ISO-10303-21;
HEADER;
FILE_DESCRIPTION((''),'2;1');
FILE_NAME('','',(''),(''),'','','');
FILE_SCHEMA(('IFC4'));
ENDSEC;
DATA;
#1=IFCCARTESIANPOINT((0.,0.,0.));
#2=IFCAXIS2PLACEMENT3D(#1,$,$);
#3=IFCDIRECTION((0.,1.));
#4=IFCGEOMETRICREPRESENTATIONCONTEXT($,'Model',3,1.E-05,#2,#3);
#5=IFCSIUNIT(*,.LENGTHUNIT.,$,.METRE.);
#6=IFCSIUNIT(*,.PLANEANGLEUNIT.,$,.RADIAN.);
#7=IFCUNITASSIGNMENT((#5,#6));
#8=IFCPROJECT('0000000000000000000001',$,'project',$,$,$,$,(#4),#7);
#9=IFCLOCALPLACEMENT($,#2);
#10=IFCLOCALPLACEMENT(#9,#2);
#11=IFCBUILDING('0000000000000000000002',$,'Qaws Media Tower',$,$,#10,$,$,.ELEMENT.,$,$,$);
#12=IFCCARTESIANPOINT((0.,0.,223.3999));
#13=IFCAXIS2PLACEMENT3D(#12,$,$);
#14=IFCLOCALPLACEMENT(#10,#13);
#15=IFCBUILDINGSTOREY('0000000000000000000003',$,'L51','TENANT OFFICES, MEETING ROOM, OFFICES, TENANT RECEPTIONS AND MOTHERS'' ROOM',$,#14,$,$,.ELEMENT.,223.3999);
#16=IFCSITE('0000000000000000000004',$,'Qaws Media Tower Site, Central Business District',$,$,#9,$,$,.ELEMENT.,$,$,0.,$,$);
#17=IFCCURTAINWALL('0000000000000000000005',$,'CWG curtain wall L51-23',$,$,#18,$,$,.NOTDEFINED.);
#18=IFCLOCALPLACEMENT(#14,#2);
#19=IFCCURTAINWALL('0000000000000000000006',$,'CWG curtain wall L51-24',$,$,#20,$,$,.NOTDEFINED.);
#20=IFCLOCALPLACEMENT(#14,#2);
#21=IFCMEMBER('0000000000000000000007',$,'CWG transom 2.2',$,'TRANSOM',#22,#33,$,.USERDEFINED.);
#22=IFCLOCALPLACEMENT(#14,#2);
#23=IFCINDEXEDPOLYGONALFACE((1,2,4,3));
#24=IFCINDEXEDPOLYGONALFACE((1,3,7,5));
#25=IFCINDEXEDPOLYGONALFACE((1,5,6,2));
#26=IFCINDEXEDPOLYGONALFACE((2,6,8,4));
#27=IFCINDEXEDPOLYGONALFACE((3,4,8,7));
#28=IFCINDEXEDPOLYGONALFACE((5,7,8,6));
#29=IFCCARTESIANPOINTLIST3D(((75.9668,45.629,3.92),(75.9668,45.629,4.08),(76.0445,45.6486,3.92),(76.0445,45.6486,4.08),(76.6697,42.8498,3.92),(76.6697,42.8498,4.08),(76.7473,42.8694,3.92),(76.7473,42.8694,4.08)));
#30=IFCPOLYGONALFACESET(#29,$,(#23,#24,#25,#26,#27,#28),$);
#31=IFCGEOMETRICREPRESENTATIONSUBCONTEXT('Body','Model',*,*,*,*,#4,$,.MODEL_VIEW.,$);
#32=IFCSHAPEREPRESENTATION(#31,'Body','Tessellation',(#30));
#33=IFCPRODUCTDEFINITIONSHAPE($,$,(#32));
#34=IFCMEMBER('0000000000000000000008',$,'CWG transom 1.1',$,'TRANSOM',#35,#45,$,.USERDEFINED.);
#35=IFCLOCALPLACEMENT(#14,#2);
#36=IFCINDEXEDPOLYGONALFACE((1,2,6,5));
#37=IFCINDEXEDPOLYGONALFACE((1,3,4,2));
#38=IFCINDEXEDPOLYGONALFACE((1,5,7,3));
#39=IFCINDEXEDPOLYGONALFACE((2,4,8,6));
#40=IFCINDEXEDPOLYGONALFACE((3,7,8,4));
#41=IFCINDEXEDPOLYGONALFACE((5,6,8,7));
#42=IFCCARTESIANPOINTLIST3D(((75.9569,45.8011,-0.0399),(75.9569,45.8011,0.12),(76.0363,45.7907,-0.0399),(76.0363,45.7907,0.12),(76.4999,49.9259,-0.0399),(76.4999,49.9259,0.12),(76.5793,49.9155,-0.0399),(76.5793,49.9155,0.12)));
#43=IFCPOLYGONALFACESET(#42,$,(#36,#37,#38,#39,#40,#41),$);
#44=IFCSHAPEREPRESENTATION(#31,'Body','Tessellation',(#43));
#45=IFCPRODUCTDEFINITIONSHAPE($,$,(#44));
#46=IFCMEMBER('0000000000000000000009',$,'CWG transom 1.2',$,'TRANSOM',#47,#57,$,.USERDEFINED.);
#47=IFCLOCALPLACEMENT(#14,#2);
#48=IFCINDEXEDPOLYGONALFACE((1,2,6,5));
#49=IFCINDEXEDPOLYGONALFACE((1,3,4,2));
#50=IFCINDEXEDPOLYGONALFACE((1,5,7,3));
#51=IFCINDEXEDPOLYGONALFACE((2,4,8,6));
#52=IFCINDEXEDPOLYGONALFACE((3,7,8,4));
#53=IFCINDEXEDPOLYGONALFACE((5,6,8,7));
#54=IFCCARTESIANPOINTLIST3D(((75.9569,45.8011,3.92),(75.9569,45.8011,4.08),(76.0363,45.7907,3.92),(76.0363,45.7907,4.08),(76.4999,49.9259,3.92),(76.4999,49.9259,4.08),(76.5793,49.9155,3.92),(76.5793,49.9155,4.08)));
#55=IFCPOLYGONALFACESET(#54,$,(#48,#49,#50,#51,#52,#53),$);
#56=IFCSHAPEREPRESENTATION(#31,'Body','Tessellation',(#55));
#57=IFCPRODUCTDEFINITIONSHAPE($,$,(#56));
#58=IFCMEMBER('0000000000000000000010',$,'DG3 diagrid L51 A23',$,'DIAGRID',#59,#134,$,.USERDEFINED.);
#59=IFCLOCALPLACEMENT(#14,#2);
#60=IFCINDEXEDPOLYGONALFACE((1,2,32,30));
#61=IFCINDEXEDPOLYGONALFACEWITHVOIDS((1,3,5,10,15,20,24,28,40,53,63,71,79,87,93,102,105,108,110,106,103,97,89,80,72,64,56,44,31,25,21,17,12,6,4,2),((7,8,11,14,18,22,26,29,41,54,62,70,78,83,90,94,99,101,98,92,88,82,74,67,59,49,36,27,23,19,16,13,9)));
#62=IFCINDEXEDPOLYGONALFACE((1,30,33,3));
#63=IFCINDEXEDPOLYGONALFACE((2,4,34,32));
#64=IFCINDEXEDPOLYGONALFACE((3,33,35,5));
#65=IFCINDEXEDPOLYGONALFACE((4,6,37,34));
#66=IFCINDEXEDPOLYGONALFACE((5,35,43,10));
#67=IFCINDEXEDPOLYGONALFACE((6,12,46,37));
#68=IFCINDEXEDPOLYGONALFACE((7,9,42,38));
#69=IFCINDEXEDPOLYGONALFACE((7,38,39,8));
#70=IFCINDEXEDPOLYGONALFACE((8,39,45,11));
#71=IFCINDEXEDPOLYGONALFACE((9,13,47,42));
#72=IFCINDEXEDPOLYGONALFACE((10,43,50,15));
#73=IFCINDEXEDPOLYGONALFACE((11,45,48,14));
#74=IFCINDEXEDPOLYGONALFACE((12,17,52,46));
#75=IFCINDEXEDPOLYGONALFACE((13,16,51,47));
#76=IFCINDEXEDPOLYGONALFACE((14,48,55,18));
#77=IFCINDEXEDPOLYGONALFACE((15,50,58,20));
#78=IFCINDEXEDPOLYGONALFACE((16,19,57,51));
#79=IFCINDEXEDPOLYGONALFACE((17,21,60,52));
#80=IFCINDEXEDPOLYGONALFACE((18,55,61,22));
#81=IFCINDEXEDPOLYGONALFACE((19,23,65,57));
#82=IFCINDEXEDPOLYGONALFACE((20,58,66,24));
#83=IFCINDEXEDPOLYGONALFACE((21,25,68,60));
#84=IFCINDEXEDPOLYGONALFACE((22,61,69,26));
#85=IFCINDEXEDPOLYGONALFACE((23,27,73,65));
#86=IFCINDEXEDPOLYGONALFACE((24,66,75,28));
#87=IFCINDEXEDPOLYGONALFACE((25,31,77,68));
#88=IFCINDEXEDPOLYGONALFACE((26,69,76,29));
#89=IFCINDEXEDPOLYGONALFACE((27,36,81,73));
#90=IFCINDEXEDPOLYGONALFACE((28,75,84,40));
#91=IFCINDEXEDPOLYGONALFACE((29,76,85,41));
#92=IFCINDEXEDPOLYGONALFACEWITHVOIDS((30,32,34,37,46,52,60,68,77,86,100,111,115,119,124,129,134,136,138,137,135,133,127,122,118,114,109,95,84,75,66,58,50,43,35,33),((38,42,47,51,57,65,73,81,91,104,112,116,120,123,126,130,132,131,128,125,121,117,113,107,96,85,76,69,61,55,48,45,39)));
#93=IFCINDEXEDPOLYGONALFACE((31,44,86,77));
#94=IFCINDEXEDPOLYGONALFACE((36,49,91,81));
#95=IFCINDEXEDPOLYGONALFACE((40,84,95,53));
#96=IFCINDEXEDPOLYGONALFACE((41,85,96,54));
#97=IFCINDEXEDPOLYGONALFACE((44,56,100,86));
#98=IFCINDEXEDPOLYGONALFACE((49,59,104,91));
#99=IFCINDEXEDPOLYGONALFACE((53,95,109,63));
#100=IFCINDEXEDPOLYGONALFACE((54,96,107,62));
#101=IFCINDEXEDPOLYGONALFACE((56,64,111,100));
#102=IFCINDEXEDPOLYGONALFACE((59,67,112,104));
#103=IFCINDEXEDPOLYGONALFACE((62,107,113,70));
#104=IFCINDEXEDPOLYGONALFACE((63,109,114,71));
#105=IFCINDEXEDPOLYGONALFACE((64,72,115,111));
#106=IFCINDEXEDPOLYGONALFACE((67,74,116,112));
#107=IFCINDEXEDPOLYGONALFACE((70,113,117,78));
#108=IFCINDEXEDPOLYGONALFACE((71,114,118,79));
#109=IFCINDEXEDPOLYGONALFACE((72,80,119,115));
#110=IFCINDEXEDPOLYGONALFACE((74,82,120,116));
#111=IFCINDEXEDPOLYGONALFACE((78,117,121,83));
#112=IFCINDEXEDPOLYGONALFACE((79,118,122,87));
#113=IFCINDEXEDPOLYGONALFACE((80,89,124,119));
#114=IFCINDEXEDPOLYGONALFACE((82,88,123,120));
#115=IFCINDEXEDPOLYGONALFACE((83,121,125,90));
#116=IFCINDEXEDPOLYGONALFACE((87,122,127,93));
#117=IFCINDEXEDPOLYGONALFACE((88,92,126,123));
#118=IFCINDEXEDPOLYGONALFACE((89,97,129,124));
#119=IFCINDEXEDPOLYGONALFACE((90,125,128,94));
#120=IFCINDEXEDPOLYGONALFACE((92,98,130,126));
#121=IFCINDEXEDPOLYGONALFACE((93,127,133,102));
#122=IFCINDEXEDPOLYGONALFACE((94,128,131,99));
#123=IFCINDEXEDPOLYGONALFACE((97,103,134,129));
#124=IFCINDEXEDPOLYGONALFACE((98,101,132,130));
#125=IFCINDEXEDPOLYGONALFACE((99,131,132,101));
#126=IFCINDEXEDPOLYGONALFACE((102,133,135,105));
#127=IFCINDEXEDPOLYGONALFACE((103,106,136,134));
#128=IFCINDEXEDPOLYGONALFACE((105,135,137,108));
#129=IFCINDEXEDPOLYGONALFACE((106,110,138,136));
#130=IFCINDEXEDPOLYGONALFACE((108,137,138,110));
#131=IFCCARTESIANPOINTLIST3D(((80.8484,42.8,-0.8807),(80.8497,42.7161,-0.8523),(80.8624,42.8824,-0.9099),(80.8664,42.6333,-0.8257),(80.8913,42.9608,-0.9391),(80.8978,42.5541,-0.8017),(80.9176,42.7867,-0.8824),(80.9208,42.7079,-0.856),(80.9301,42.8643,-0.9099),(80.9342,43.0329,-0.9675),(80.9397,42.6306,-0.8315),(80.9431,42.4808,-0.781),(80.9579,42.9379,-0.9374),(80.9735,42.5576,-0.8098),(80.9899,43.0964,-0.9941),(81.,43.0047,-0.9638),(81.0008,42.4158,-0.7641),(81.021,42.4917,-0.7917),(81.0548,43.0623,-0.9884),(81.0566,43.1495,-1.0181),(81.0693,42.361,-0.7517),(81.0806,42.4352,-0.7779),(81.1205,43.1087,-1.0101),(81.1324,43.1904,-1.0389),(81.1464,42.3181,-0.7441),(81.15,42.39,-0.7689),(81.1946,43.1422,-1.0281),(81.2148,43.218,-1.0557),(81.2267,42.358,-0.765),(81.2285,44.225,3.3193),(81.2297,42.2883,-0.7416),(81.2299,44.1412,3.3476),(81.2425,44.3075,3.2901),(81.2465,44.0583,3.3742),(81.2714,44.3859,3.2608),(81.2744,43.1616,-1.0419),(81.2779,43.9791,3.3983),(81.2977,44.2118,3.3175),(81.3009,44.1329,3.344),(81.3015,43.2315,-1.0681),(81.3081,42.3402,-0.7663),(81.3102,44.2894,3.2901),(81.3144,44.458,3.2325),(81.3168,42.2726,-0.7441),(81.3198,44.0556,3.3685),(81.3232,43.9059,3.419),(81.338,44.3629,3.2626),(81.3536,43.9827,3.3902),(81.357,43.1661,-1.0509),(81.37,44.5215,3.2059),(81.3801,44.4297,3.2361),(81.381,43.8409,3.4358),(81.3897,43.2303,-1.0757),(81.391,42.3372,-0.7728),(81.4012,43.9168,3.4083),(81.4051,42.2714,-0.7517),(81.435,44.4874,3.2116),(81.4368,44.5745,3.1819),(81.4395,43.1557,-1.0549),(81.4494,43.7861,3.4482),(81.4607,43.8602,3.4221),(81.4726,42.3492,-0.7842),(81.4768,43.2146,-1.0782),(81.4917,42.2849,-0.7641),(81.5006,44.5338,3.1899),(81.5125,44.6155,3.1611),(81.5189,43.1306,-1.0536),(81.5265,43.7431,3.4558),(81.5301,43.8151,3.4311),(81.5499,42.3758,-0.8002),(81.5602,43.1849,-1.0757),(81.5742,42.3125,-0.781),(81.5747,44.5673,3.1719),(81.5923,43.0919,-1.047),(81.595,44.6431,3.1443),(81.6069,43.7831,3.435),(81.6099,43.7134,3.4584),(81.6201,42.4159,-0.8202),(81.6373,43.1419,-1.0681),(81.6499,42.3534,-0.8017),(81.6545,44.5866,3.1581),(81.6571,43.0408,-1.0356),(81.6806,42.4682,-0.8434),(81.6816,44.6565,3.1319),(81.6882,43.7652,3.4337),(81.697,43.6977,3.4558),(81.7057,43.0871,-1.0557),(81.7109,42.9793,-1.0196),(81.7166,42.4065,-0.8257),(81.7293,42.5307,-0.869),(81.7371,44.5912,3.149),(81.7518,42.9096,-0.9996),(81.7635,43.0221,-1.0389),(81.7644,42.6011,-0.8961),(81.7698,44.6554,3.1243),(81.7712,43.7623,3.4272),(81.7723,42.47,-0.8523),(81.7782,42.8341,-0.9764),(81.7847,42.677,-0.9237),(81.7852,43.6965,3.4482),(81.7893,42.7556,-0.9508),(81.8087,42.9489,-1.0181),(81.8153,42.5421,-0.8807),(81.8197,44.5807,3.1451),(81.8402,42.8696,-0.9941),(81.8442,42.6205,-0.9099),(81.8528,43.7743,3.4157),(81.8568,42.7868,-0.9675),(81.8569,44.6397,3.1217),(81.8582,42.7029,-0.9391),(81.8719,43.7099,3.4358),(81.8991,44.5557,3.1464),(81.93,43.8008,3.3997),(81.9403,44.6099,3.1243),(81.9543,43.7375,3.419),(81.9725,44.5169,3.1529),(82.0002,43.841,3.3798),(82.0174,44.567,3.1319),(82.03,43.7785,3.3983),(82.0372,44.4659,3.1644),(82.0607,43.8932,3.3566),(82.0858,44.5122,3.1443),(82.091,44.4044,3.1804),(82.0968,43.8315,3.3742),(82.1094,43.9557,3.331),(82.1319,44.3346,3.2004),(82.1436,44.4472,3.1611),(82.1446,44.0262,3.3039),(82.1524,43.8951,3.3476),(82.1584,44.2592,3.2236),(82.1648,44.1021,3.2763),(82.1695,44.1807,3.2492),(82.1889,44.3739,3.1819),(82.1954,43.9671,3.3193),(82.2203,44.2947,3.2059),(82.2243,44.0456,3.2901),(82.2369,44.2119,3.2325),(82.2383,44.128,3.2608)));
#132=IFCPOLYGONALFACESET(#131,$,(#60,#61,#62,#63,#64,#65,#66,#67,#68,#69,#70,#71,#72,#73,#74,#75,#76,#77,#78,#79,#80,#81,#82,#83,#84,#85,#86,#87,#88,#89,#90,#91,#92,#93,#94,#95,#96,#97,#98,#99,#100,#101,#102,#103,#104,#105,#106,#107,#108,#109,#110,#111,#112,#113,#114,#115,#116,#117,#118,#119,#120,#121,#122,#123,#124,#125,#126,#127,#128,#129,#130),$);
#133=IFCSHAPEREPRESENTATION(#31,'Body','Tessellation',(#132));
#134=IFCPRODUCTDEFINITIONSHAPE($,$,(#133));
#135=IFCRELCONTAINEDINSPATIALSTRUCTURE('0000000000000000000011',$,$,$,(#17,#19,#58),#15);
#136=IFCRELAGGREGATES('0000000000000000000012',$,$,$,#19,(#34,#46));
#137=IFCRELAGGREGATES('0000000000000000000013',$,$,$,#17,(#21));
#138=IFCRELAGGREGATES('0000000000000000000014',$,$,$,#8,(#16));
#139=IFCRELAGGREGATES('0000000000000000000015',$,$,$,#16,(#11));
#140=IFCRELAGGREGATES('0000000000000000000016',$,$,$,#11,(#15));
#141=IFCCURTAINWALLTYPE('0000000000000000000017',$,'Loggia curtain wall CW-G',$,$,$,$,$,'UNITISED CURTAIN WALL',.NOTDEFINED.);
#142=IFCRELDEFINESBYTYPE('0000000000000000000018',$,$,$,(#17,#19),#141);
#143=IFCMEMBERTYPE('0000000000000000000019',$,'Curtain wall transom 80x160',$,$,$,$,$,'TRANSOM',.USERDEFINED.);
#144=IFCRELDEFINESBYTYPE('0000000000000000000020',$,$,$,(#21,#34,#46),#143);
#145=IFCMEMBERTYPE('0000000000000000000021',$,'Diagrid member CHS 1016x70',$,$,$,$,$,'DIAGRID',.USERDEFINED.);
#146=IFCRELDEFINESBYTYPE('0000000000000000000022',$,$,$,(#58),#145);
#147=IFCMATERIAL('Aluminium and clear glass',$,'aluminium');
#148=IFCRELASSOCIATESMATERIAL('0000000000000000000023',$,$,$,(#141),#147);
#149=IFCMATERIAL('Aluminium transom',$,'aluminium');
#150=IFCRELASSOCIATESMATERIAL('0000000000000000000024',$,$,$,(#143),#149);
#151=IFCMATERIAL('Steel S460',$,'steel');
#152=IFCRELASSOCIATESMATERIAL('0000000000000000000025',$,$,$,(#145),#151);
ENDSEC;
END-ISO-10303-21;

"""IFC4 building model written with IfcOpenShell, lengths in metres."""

from ifc_helpers import new_model, si_unit, direction, frame, origin, origin_2d, place, context, subcontext, project, spatial, rectangle, hollow_circle, extrude, material, material_profile, profile_set, type_object, element, aggregate, save


model = new_model("IFC4")

# Units and contexts
model_context = context("Model", 3, precision=1e-05, world=origin(), true_north=direction((0.0, 1.0)))
body_context = subcontext(model_context, "Body", "Model", "MODEL_VIEW")
ifc_project = project(units=[si_unit("LENGTHUNIT", "METRE"), si_unit("PLANEANGLEUNIT", "RADIAN")], contexts=[model_context])

# Site, building, storey
site_placement = place(None, origin())
site = spatial("IfcSite", under=ifc_project, at=site_placement, Name="Qaws Media Tower Site, Central Business District", CompositionType="ELEMENT", RefElevation=0.0)
building_placement = place(site_placement, origin())
building = spatial("IfcBuilding", under=site, at=building_placement, Name="Qaws Media Tower", CompositionType="ELEMENT")
storey_placement = place(building_placement, frame((0.0, 0.0, 223.3999)))
storey = spatial("IfcBuildingStorey", under=building, at=storey_placement, Name="L51", Description="TENANT OFFICES, MEETING ROOM, OFFICES, TENANT RECEPTIONS AND MOTHERS' ROOM", CompositionType="ELEMENT", Elevation=223.3999)

# Curtain wall
ifc_material_1 = material(Name="Aluminium and clear glass", Category="aluminium")
curtain_wall_type_1 = type_object("IfcCurtainWallType", Name="Loggia curtain wall CW-G", ElementType="UNITISED CURTAIN WALL", PredefinedType="NOTDEFINED", material=ifc_material_1)
curtain_wall_1_placement = place(storey_placement, origin())
curtain_wall_1 = element("IfcCurtainWall", 1, at=curtain_wall_1_placement, inside=storey, type_object=curtain_wall_type_1, Name="CWG curtain wall L51-23", PredefinedType="NOTDEFINED")

# Curtain wall
curtain_wall_2_placement = place(storey_placement, origin())
curtain_wall_2 = element("IfcCurtainWall", 2, at=curtain_wall_2_placement, inside=storey, type_object=curtain_wall_type_1, Name="CWG curtain wall L51-24", PredefinedType="NOTDEFINED")

# Members
ifc_material_2 = material(Name="Aluminium transom", Category="aluminium")
ifc_material_profile_1 = material_profile(ifc_material_2, rectangle(XDim=0.0801, YDim=0.1599, at=origin_2d()), Name="80x160")
ifc_profile_set_1 = profile_set([ifc_material_profile_1], Name="Aluminium transom")
member_type_1 = type_object("IfcMemberType", Name="Curtain wall transom 80x160", ElementType="TRANSOM", PredefinedType="USERDEFINED", material=ifc_profile_set_1)
member_1_placement = place(storey_placement, frame((76.7085, 42.8596, 4.0), z_axis=(-0.24518, 0.969478, 0.0), x_axis=(-0.969478, -0.24518, 0.0)))
member_1 = element("IfcMember", 3, at=member_1_placement, type_object=member_type_1, Name="CWG transom 2.2", ObjectType="TRANSOM", PredefinedType="USERDEFINED", context=body_context, shape_type="SweptSolid", body=[
    extrude(rectangle(XDim=0.0801, YDim=0.1599, at=origin_2d()), origin(), (0.0, 0.0, 1.0), 2.8667),
])
member_2_placement = place(storey_placement, frame((75.9966, 45.7959, 0.04), z_axis=(0.130511, 0.991447, 0.0), x_axis=(-0.991447, 0.130511, 0.0)))
member_2 = element("IfcMember", 4, at=member_2_placement, type_object=member_type_1, Name="CWG transom 1.1", ObjectType="TRANSOM", PredefinedType="USERDEFINED", context=body_context, shape_type="SweptSolid", body=[
    extrude(rectangle(XDim=0.0801, YDim=0.1599, at=origin_2d()), origin(), (0.0, 0.0, 1.0), 4.1604),
])
member_3_placement = place(storey_placement, frame((75.9966, 45.7959, 4.0), z_axis=(0.130511, 0.991447, 0.0), x_axis=(-0.991447, 0.130511, 0.0)))
member_3 = element("IfcMember", 5, at=member_3_placement, type_object=member_type_1, Name="CWG transom 1.2", ObjectType="TRANSOM", PredefinedType="USERDEFINED", context=body_context, shape_type="SweptSolid", body=[
    extrude(rectangle(XDim=0.0801, YDim=0.1599, at=origin_2d()), origin(), (0.0, 0.0, 1.0), 4.1604),
])
aggregate(curtain_wall_2, [member_2, member_3])

# Member
ifc_material_3 = material(Name="Steel S460", Category="steel")
ifc_material_profile_2 = material_profile(ifc_material_3, hollow_circle(Radius=0.5081, WallThickness=0.0701, at=origin_2d()), Name="CHS 1016x70")
ifc_profile_set_2 = profile_set([ifc_material_profile_2], Name="Steel S460")
member_type_2 = type_object("IfcMemberType", Name="Diagrid member CHS 1016x70", ElementType="DIAGRID", PredefinedType="USERDEFINED", material=ifc_profile_set_2)
for number, where, z_axis, x_axis, name in (
    (6, (81.3533, 42.7515, -0.9099), (0.085395, 0.320136, 0.943515), (-0.966216, 0.257735, 0.0), "DG3 diagrid L51 A23"),
):
    element("IfcMember", number, at=place(storey_placement, frame(where, z_axis=z_axis, x_axis=x_axis)), inside=storey, type_object=member_type_2, Name=name, ObjectType="DIAGRID", PredefinedType="USERDEFINED", context=body_context, shape_type="SweptSolid", body=[
        extrude(hollow_circle(Radius=0.5081, WallThickness=0.0701, at=origin_2d()), origin(), (0.0, 0.0, 1.0), 4.4514),
    ])

aggregate(curtain_wall_1, [member_1])

save(model, "model.ifc")
